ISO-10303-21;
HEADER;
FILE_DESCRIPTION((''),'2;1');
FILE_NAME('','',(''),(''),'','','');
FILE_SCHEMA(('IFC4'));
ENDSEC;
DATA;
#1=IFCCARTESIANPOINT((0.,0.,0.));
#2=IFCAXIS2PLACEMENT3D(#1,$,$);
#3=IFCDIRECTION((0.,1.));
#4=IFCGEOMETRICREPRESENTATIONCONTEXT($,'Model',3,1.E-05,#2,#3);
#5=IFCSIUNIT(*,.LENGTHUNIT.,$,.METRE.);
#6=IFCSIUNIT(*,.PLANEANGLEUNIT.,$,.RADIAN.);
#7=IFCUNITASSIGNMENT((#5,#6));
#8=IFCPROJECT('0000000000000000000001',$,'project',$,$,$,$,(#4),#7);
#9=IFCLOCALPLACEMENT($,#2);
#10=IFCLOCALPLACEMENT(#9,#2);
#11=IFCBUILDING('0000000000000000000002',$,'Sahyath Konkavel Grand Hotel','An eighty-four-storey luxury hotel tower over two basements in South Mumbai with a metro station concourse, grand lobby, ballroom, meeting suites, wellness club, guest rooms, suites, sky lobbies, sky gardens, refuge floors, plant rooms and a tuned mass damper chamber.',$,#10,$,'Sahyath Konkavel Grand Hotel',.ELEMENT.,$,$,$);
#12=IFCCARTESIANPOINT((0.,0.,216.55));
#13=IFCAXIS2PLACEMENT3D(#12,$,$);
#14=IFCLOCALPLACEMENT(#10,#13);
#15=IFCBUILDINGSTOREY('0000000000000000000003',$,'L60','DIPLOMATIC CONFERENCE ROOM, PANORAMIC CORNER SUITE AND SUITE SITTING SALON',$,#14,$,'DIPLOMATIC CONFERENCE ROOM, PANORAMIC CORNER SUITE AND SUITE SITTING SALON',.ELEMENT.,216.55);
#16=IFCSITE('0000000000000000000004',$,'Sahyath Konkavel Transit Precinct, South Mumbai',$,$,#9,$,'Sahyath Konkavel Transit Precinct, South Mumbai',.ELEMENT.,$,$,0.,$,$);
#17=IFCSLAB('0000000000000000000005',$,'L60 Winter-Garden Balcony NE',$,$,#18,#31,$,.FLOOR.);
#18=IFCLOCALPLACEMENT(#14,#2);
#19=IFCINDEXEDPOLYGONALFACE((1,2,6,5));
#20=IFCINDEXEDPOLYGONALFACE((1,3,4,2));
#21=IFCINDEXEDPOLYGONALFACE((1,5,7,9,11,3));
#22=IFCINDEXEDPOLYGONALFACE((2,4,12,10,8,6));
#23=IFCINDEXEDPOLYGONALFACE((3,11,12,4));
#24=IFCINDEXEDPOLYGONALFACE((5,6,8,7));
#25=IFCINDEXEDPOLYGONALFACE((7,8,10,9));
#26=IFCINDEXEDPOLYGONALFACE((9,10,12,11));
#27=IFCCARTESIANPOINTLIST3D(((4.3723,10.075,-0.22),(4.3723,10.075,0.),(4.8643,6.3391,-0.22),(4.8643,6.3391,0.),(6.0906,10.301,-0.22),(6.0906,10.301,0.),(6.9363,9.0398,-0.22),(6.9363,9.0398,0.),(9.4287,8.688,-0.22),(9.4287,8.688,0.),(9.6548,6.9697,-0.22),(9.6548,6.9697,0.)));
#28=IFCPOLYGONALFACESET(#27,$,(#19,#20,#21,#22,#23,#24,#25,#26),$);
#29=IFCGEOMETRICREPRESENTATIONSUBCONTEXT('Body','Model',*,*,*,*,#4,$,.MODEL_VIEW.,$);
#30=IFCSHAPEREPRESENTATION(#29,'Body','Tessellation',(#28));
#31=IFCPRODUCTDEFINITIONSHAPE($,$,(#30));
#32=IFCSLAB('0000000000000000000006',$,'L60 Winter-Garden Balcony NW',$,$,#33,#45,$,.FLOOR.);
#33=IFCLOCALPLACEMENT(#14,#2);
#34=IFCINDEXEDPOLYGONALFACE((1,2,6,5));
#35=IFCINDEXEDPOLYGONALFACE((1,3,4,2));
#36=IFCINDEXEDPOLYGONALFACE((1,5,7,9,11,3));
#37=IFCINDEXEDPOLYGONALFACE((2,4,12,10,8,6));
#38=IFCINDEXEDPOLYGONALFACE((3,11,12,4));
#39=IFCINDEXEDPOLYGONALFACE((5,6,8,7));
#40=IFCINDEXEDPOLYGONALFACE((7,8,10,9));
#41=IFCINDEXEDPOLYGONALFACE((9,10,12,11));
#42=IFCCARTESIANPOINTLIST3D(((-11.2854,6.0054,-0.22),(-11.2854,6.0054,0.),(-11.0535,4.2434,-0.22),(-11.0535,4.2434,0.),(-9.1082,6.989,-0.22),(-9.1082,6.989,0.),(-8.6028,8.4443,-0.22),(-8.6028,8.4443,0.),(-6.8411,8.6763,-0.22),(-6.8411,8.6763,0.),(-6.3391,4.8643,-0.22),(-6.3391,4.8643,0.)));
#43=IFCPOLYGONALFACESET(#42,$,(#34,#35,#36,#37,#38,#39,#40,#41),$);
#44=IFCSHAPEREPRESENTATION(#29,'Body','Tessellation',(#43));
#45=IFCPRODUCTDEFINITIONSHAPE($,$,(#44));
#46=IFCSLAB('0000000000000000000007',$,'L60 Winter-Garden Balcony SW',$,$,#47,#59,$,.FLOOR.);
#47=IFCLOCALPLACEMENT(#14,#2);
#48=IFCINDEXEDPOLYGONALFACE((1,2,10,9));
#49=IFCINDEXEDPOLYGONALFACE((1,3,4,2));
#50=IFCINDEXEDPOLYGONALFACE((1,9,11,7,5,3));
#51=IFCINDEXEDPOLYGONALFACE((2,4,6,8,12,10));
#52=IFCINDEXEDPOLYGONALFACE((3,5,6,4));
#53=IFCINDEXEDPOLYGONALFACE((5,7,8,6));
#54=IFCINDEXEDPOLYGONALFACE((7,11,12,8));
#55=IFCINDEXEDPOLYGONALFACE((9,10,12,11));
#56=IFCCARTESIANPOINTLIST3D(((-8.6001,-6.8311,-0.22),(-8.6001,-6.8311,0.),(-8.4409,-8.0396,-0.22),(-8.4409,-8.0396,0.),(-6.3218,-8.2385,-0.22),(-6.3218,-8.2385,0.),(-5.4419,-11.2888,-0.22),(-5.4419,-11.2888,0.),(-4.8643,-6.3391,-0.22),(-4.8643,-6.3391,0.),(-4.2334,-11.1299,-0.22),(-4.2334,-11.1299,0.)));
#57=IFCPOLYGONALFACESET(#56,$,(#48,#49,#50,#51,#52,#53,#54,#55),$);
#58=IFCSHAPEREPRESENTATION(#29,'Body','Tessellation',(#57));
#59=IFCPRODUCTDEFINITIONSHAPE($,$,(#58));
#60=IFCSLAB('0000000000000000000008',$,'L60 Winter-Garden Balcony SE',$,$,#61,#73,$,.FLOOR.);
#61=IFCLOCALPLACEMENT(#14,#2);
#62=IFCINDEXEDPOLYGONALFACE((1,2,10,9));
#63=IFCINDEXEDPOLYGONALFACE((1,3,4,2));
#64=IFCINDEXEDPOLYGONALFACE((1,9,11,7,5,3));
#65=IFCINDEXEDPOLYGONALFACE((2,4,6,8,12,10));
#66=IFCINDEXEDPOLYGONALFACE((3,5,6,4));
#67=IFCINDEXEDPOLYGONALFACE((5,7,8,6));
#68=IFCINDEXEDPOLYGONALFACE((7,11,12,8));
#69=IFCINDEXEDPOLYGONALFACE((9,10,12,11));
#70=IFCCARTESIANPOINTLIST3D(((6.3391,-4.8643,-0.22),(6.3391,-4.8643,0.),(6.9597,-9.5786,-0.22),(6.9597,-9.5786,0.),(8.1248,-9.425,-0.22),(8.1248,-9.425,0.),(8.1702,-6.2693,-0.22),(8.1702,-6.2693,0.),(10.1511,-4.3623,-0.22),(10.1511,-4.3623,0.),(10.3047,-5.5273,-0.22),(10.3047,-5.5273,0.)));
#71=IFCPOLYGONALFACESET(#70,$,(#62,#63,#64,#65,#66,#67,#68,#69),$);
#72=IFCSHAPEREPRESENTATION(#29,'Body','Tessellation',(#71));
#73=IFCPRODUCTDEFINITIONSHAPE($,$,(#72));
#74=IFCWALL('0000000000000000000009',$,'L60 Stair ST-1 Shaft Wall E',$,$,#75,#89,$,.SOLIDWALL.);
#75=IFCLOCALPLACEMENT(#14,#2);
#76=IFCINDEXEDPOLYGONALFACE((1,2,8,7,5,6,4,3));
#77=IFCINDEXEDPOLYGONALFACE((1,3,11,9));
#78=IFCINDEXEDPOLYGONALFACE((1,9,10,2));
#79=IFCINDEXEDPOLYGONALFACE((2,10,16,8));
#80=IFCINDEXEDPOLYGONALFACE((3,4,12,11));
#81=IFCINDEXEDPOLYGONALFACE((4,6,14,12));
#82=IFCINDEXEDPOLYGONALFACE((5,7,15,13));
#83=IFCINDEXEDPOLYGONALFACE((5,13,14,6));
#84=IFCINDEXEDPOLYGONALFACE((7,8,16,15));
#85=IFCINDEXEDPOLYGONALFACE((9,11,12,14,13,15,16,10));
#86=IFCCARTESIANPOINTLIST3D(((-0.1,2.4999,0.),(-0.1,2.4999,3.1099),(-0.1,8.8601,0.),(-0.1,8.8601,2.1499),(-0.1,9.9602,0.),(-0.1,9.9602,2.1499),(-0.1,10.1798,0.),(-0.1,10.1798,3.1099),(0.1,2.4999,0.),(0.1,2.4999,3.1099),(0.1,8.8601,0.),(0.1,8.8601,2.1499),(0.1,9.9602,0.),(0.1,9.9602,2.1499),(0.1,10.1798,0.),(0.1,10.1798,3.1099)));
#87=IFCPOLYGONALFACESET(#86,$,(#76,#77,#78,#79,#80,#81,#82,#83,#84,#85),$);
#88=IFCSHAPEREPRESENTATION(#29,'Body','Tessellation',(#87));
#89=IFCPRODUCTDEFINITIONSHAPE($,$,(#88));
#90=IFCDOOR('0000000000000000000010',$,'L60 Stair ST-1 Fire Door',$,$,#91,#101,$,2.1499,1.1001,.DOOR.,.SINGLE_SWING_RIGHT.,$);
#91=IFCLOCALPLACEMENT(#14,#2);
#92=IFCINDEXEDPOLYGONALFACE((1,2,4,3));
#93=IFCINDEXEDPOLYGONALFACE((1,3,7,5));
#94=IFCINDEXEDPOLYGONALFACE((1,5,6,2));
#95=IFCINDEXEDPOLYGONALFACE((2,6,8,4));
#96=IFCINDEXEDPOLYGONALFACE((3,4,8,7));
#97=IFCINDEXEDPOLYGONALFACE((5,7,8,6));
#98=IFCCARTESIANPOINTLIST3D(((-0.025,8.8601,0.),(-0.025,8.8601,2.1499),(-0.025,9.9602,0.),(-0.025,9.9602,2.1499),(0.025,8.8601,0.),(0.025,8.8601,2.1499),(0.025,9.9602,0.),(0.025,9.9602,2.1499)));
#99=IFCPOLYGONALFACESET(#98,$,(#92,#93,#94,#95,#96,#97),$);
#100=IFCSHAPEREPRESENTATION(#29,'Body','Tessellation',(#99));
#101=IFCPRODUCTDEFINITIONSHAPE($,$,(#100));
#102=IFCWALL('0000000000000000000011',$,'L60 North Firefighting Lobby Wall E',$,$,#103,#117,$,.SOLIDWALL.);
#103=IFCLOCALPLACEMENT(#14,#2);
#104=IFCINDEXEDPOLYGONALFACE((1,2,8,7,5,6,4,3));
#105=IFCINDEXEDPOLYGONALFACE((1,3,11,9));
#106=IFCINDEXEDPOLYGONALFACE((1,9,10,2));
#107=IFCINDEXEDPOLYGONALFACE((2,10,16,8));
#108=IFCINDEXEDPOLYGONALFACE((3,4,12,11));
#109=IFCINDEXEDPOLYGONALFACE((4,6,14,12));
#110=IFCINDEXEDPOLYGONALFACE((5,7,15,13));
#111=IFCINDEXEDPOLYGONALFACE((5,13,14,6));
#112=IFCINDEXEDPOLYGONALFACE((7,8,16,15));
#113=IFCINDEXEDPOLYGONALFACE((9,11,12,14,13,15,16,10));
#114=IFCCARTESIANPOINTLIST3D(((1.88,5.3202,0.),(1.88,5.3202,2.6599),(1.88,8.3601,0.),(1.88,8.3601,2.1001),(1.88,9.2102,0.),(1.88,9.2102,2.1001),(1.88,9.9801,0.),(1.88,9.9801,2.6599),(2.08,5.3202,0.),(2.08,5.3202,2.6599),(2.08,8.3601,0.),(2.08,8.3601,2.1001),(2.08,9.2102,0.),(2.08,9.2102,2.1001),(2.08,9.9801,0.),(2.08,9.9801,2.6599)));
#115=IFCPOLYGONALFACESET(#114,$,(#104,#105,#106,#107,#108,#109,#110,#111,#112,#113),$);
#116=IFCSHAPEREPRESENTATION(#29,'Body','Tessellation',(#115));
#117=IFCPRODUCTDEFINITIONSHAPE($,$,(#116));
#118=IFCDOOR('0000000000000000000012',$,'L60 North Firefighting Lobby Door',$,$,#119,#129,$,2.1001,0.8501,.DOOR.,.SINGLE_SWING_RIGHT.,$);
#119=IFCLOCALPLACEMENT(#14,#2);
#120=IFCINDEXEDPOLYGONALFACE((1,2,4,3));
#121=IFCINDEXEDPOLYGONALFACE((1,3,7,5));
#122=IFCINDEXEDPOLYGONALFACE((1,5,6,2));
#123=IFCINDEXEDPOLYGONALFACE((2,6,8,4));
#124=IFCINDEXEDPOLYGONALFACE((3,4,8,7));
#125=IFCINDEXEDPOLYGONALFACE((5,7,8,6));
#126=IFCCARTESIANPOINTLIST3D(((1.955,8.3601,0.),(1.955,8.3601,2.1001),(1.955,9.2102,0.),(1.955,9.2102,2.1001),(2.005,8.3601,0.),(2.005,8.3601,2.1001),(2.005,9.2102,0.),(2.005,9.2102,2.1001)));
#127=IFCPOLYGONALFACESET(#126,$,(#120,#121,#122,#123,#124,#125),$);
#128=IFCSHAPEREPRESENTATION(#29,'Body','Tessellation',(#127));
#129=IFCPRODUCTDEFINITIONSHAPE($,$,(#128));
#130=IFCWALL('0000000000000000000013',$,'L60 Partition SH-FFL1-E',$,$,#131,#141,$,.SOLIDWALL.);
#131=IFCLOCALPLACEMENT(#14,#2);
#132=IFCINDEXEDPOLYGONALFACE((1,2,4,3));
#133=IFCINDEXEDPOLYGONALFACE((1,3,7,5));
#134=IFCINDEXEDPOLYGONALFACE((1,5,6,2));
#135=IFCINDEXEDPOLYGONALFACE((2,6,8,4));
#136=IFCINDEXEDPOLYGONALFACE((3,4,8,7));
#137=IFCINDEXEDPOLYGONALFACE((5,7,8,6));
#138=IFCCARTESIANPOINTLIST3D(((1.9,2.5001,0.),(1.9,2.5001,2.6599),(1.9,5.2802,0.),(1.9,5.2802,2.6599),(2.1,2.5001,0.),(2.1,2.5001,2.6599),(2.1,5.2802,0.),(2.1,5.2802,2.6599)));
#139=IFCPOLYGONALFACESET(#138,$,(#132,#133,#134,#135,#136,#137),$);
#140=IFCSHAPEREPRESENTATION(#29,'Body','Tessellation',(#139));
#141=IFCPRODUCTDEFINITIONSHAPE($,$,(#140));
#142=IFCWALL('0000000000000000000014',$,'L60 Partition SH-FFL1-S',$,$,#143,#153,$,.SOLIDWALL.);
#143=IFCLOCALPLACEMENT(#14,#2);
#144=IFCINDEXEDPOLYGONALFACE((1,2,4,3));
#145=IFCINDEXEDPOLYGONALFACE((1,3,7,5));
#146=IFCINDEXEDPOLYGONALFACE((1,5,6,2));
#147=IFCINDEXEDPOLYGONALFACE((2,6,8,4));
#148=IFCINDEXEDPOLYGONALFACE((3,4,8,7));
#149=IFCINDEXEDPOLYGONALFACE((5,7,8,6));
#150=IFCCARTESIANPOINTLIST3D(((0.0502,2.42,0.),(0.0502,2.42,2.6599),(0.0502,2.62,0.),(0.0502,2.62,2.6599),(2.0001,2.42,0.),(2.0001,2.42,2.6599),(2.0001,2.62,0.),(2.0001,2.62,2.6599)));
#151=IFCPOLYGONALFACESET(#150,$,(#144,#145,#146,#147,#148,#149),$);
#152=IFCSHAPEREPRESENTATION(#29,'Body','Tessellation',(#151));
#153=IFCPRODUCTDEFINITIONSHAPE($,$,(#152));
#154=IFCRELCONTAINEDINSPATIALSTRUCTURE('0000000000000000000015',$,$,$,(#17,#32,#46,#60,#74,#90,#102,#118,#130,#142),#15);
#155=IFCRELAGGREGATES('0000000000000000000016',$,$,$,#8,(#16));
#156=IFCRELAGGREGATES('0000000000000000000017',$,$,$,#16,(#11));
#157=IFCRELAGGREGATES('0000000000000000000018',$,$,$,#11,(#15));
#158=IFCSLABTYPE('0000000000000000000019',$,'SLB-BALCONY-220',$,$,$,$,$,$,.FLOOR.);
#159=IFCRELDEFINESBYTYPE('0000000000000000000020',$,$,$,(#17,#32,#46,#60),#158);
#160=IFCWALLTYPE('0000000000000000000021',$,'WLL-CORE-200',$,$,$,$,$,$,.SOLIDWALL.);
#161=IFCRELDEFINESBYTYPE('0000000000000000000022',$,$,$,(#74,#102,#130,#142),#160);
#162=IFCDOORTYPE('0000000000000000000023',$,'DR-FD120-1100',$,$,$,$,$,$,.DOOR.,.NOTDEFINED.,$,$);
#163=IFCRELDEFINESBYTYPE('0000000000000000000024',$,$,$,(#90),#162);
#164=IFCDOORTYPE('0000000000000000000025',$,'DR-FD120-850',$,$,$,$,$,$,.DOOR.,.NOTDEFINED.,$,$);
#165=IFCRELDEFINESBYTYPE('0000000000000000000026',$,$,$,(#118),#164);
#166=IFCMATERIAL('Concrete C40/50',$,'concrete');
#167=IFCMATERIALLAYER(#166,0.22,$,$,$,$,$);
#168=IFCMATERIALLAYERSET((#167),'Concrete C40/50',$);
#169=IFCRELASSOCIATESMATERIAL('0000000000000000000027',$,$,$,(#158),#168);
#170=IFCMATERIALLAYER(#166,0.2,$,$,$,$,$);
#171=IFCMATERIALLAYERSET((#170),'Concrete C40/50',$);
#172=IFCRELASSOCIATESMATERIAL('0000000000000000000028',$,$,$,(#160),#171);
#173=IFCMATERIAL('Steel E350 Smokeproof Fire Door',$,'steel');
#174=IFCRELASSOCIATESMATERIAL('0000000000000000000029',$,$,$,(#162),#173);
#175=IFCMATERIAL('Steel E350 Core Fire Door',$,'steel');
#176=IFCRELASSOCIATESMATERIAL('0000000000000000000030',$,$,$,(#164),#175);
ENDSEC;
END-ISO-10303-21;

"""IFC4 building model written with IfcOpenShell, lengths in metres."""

from ifc_helpers import new_model, si_unit, direction, frame, frame_2d, origin, origin_2d, place, context, subcontext, project, spatial, polyline, rectangle, outline, extrude, source, transform, mapped, material, layer, layer_set, type_object, element, fill, save


model = new_model("IFC4")

# Units and contexts
model_context = context("Model", 3, precision=1e-05, world=origin(), true_north=direction((0.0, 1.0)))
body_context = subcontext(model_context, "Body", "Model", "MODEL_VIEW")
ifc_project = project(units=[si_unit("LENGTHUNIT", "METRE"), si_unit("PLANEANGLEUNIT", "RADIAN")], contexts=[model_context])

# Site, building, storey
site_placement = place(None, origin())
site = spatial("IfcSite", under=ifc_project, at=site_placement, Name="Sahyath Konkavel Transit Precinct, South Mumbai", LongName="Sahyath Konkavel Transit Precinct, South Mumbai", CompositionType="ELEMENT", RefElevation=0.0)
building_placement = place(site_placement, origin())
building = spatial("IfcBuilding", under=site, at=building_placement, Name="Sahyath Konkavel Grand Hotel", Description="An eighty-four-storey luxury hotel tower over two basements in South Mumbai with a metro station concourse, grand lobby, ballroom, meeting suites, wellness club, guest rooms, suites, sky lobbies, sky gardens, refuge floors, plant rooms and a tuned mass damper chamber.", LongName="Sahyath Konkavel Grand Hotel", CompositionType="ELEMENT")
storey_placement = place(building_placement, frame((0.0, 0.0, 216.55)))
storey = spatial("IfcBuildingStorey", under=building, at=storey_placement, Name="L60", Description="DIPLOMATIC CONFERENCE ROOM, PANORAMIC CORNER SUITE AND SUITE SITTING SALON", LongName="DIPLOMATIC CONFERENCE ROOM, PANORAMIC CORNER SUITE AND SUITE SITTING SALON", CompositionType="ELEMENT", Elevation=216.55)

# Slabs
ifc_material_1 = material(Name="Concrete C40/50", Category="concrete")
ifc_layer_1 = layer(ifc_material_1, 0.22)
ifc_layer_set_1 = layer_set([ifc_layer_1], Name="Concrete C40/50")
slab_type = type_object("IfcSlabType", Name="SLB-BALCONY-220", PredefinedType="FLOOR", material=ifc_layer_set_1)
slab_1_placement = place(storey_placement, frame((0.0, 0.0, -0.22)))
element("IfcSlab", 1, at=slab_1_placement, inside=storey, type_object=slab_type, Name="L60 Winter-Garden Balcony NE", PredefinedType="FLOOR", context=body_context, shape_type="SweptSolid", body=[
    extrude(outline(polyline([(4.8643, 6.3391), (9.6548, 6.9697), (9.4287, 8.688), (6.9363, 9.0398), (6.0906, 10.301), (4.3723, 10.075), (4.8643, 6.3391)])), origin(), (0.0, 0.0, 1.0), 0.22),
])
slab_2_placement = place(storey_placement, frame((0.0, 0.0, -0.22)))
element("IfcSlab", 2, at=slab_2_placement, inside=storey, type_object=slab_type, Name="L60 Winter-Garden Balcony NW", PredefinedType="FLOOR", context=body_context, shape_type="SweptSolid", body=[
    extrude(outline(polyline([(-6.3391, 4.8643), (-6.8411, 8.6763), (-8.6028, 8.4443), (-9.1082, 6.989), (-11.2854, 6.0054), (-11.0535, 4.2434), (-6.3391, 4.8643)])), origin(), (0.0, 0.0, 1.0), 0.22),
])
slab_3_placement = place(storey_placement, frame((0.0, 0.0, -0.22)))
element("IfcSlab", 3, at=slab_3_placement, inside=storey, type_object=slab_type, Name="L60 Winter-Garden Balcony SW", PredefinedType="FLOOR", context=body_context, shape_type="SweptSolid", body=[
    extrude(outline(polyline([(-4.8643, -6.3391), (-8.6001, -6.8311), (-8.4409, -8.0396), (-6.3218, -8.2385), (-5.4419, -11.2888), (-4.2334, -11.1299), (-4.8643, -6.3391)])), origin(), (0.0, 0.0, 1.0), 0.22),
])
slab_4_placement = place(storey_placement, frame((0.0, 0.0, -0.22)))
element("IfcSlab", 4, at=slab_4_placement, inside=storey, type_object=slab_type, Name="L60 Winter-Garden Balcony SE", PredefinedType="FLOOR", context=body_context, shape_type="SweptSolid", body=[
    extrude(outline(polyline([(6.3391, -4.8643), (6.9597, -9.5786), (8.1248, -9.425), (8.1702, -6.2693), (10.3047, -5.5273), (10.1511, -4.3623), (6.3391, -4.8643)])), origin(), (0.0, 0.0, 1.0), 0.22),
])

# Walls, openings, doors
ifc_layer_2 = layer(ifc_material_1, 0.2)
ifc_layer_set_2 = layer_set([ifc_layer_2], Name="Concrete C40/50")
wall_type = type_object("IfcWallType", Name="WLL-CORE-200", PredefinedType="SOLIDWALL", material=ifc_layer_set_2)
wall_1_placement = place(storey_placement, frame((0.0, 2.5, 0.0), z_axis=(0.0, 0.0, 1.0), x_axis=(0.0, 1.0, 0.0)))
wall_1 = element("IfcWall", 5, at=wall_1_placement, inside=storey, type_object=wall_type, Name="L60 Stair ST-1 Shaft Wall E", PredefinedType="SOLIDWALL", context=body_context, shape_type="SweptSolid", body=[
    extrude(rectangle(XDim=7.6799, YDim=0.2, at=frame_2d((3.8398, 0.0))), origin(), (0.0, 0.0, 1.0), 3.1099),
])
opening_1_placement = place(wall_1_placement, frame((6.3601, 0.0, 0.0)))
opening_1 = element("IfcOpeningElement", 6, at=opening_1_placement, cuts=wall_1, PredefinedType="OPENING", context=body_context, shape_type="SweptSolid", body=[
    extrude(rectangle(XDim=1.1001, YDim=2.1499, at=frame_2d((0.55, 1.075))), frame((0.0, 0.1099, 0.0), z_axis=(0.0, -1.0, 0.0), x_axis=(1.0, 0.0, 0.0)), (0.0, 0.0, 1.0), 0.22),
])
ifc_material_2 = material(Name="Steel E350 Smokeproof Fire Door", Category="steel")
door_type_1 = type_object("IfcDoorType", Name="DR-FD120-1100", OperationType="NOTDEFINED", PredefinedType="DOOR", material=ifc_material_2)
shared_shape_1 = source(origin(), body_context, "Body", "SweptSolid", [
    extrude(rectangle(XDim=1.1001, YDim=0.05, at=origin_2d()), origin(), (0.0, 0.0, 1.0), 2.1499),
])
door_1_placement = place(opening_1_placement, frame((0.55, 0.0, 0.0)))
door_1 = element("IfcDoor", 7, at=door_1_placement, inside=storey, type_object=door_type_1, Name="L60 Stair ST-1 Fire Door", OperationType="SINGLE_SWING_RIGHT", OverallHeight=2.1499, OverallWidth=1.1001, PredefinedType="DOOR", context=body_context, shape_type="MappedRepresentation", body=[
    mapped(shared_shape_1, transform((0.0, 0.0, 0.0), scale=1.0)),
])
fill(opening_1, door_1)
wall_2_placement = place(storey_placement, frame((1.98, 5.3201, 0.0), z_axis=(0.0, 0.0, 1.0), x_axis=(0.0, 1.0, 0.0)))
wall_2 = element("IfcWall", 8, at=wall_2_placement, inside=storey, type_object=wall_type, Name="L60 North Firefighting Lobby Wall E", PredefinedType="SOLIDWALL", context=body_context, shape_type="SweptSolid", body=[
    extrude(rectangle(XDim=4.6599, YDim=0.2, at=frame_2d((2.3301, 0.0))), origin(), (0.0, 0.0, 1.0), 2.6599),
])
opening_2_placement = place(wall_2_placement, frame((3.04, 0.0, 0.0)))
opening_2 = element("IfcOpeningElement", 9, at=opening_2_placement, cuts=wall_2, PredefinedType="OPENING", context=body_context, shape_type="SweptSolid", body=[
    extrude(rectangle(XDim=0.8501, YDim=2.1001, at=frame_2d((0.425, 1.05))), frame((0.0, 0.1099, 0.0), z_axis=(0.0, -1.0, 0.0), x_axis=(1.0, 0.0, 0.0)), (0.0, 0.0, 1.0), 0.22),
])
ifc_material_3 = material(Name="Steel E350 Core Fire Door", Category="steel")
door_type_2 = type_object("IfcDoorType", Name="DR-FD120-850", OperationType="NOTDEFINED", PredefinedType="DOOR", material=ifc_material_3)
shared_shape_2 = source(origin(), body_context, "Body", "SweptSolid", [
    extrude(rectangle(XDim=0.8501, YDim=0.05, at=origin_2d()), origin(), (0.0, 0.0, 1.0), 2.1001),
])
door_2_placement = place(opening_2_placement, frame((0.425, 0.0, 0.0)))
door_2 = element("IfcDoor", 10, at=door_2_placement, inside=storey, type_object=door_type_2, Name="L60 North Firefighting Lobby Door", OperationType="SINGLE_SWING_RIGHT", OverallHeight=2.1001, OverallWidth=0.8501, PredefinedType="DOOR", context=body_context, shape_type="MappedRepresentation", body=[
    mapped(shared_shape_2, transform((0.0, 0.0, 0.0), scale=1.0)),
])
fill(opening_2, door_2)

# Walls
wall_3_placement = place(storey_placement, frame((2.0, 2.5, 0.0), z_axis=(0.0, 0.0, 1.0), x_axis=(0.0, 1.0, 0.0)))
element("IfcWall", 11, at=wall_3_placement, inside=storey, type_object=wall_type, Name="L60 Partition SH-FFL1-E", PredefinedType="SOLIDWALL", context=body_context, shape_type="SweptSolid", body=[
    extrude(rectangle(XDim=2.78, YDim=0.2, at=frame_2d((1.3901, 0.0))), origin(), (0.0, 0.0, 1.0), 2.6599),
])
wall_4_placement = place(storey_placement, frame((0.05, 2.52, 0.0), z_axis=(0.0, 0.0, 1.0), x_axis=(1.0, 0.0, 0.0)))
element("IfcWall", 12, at=wall_4_placement, inside=storey, type_object=wall_type, Name="L60 Partition SH-FFL1-S", PredefinedType="SOLIDWALL", context=body_context, shape_type="SweptSolid", body=[
    extrude(rectangle(XDim=1.95, YDim=0.2, at=frame_2d((0.9751, 0.0))), origin(), (0.0, 0.0, 1.0), 2.6599),
])

save(model, "model.ifc")
